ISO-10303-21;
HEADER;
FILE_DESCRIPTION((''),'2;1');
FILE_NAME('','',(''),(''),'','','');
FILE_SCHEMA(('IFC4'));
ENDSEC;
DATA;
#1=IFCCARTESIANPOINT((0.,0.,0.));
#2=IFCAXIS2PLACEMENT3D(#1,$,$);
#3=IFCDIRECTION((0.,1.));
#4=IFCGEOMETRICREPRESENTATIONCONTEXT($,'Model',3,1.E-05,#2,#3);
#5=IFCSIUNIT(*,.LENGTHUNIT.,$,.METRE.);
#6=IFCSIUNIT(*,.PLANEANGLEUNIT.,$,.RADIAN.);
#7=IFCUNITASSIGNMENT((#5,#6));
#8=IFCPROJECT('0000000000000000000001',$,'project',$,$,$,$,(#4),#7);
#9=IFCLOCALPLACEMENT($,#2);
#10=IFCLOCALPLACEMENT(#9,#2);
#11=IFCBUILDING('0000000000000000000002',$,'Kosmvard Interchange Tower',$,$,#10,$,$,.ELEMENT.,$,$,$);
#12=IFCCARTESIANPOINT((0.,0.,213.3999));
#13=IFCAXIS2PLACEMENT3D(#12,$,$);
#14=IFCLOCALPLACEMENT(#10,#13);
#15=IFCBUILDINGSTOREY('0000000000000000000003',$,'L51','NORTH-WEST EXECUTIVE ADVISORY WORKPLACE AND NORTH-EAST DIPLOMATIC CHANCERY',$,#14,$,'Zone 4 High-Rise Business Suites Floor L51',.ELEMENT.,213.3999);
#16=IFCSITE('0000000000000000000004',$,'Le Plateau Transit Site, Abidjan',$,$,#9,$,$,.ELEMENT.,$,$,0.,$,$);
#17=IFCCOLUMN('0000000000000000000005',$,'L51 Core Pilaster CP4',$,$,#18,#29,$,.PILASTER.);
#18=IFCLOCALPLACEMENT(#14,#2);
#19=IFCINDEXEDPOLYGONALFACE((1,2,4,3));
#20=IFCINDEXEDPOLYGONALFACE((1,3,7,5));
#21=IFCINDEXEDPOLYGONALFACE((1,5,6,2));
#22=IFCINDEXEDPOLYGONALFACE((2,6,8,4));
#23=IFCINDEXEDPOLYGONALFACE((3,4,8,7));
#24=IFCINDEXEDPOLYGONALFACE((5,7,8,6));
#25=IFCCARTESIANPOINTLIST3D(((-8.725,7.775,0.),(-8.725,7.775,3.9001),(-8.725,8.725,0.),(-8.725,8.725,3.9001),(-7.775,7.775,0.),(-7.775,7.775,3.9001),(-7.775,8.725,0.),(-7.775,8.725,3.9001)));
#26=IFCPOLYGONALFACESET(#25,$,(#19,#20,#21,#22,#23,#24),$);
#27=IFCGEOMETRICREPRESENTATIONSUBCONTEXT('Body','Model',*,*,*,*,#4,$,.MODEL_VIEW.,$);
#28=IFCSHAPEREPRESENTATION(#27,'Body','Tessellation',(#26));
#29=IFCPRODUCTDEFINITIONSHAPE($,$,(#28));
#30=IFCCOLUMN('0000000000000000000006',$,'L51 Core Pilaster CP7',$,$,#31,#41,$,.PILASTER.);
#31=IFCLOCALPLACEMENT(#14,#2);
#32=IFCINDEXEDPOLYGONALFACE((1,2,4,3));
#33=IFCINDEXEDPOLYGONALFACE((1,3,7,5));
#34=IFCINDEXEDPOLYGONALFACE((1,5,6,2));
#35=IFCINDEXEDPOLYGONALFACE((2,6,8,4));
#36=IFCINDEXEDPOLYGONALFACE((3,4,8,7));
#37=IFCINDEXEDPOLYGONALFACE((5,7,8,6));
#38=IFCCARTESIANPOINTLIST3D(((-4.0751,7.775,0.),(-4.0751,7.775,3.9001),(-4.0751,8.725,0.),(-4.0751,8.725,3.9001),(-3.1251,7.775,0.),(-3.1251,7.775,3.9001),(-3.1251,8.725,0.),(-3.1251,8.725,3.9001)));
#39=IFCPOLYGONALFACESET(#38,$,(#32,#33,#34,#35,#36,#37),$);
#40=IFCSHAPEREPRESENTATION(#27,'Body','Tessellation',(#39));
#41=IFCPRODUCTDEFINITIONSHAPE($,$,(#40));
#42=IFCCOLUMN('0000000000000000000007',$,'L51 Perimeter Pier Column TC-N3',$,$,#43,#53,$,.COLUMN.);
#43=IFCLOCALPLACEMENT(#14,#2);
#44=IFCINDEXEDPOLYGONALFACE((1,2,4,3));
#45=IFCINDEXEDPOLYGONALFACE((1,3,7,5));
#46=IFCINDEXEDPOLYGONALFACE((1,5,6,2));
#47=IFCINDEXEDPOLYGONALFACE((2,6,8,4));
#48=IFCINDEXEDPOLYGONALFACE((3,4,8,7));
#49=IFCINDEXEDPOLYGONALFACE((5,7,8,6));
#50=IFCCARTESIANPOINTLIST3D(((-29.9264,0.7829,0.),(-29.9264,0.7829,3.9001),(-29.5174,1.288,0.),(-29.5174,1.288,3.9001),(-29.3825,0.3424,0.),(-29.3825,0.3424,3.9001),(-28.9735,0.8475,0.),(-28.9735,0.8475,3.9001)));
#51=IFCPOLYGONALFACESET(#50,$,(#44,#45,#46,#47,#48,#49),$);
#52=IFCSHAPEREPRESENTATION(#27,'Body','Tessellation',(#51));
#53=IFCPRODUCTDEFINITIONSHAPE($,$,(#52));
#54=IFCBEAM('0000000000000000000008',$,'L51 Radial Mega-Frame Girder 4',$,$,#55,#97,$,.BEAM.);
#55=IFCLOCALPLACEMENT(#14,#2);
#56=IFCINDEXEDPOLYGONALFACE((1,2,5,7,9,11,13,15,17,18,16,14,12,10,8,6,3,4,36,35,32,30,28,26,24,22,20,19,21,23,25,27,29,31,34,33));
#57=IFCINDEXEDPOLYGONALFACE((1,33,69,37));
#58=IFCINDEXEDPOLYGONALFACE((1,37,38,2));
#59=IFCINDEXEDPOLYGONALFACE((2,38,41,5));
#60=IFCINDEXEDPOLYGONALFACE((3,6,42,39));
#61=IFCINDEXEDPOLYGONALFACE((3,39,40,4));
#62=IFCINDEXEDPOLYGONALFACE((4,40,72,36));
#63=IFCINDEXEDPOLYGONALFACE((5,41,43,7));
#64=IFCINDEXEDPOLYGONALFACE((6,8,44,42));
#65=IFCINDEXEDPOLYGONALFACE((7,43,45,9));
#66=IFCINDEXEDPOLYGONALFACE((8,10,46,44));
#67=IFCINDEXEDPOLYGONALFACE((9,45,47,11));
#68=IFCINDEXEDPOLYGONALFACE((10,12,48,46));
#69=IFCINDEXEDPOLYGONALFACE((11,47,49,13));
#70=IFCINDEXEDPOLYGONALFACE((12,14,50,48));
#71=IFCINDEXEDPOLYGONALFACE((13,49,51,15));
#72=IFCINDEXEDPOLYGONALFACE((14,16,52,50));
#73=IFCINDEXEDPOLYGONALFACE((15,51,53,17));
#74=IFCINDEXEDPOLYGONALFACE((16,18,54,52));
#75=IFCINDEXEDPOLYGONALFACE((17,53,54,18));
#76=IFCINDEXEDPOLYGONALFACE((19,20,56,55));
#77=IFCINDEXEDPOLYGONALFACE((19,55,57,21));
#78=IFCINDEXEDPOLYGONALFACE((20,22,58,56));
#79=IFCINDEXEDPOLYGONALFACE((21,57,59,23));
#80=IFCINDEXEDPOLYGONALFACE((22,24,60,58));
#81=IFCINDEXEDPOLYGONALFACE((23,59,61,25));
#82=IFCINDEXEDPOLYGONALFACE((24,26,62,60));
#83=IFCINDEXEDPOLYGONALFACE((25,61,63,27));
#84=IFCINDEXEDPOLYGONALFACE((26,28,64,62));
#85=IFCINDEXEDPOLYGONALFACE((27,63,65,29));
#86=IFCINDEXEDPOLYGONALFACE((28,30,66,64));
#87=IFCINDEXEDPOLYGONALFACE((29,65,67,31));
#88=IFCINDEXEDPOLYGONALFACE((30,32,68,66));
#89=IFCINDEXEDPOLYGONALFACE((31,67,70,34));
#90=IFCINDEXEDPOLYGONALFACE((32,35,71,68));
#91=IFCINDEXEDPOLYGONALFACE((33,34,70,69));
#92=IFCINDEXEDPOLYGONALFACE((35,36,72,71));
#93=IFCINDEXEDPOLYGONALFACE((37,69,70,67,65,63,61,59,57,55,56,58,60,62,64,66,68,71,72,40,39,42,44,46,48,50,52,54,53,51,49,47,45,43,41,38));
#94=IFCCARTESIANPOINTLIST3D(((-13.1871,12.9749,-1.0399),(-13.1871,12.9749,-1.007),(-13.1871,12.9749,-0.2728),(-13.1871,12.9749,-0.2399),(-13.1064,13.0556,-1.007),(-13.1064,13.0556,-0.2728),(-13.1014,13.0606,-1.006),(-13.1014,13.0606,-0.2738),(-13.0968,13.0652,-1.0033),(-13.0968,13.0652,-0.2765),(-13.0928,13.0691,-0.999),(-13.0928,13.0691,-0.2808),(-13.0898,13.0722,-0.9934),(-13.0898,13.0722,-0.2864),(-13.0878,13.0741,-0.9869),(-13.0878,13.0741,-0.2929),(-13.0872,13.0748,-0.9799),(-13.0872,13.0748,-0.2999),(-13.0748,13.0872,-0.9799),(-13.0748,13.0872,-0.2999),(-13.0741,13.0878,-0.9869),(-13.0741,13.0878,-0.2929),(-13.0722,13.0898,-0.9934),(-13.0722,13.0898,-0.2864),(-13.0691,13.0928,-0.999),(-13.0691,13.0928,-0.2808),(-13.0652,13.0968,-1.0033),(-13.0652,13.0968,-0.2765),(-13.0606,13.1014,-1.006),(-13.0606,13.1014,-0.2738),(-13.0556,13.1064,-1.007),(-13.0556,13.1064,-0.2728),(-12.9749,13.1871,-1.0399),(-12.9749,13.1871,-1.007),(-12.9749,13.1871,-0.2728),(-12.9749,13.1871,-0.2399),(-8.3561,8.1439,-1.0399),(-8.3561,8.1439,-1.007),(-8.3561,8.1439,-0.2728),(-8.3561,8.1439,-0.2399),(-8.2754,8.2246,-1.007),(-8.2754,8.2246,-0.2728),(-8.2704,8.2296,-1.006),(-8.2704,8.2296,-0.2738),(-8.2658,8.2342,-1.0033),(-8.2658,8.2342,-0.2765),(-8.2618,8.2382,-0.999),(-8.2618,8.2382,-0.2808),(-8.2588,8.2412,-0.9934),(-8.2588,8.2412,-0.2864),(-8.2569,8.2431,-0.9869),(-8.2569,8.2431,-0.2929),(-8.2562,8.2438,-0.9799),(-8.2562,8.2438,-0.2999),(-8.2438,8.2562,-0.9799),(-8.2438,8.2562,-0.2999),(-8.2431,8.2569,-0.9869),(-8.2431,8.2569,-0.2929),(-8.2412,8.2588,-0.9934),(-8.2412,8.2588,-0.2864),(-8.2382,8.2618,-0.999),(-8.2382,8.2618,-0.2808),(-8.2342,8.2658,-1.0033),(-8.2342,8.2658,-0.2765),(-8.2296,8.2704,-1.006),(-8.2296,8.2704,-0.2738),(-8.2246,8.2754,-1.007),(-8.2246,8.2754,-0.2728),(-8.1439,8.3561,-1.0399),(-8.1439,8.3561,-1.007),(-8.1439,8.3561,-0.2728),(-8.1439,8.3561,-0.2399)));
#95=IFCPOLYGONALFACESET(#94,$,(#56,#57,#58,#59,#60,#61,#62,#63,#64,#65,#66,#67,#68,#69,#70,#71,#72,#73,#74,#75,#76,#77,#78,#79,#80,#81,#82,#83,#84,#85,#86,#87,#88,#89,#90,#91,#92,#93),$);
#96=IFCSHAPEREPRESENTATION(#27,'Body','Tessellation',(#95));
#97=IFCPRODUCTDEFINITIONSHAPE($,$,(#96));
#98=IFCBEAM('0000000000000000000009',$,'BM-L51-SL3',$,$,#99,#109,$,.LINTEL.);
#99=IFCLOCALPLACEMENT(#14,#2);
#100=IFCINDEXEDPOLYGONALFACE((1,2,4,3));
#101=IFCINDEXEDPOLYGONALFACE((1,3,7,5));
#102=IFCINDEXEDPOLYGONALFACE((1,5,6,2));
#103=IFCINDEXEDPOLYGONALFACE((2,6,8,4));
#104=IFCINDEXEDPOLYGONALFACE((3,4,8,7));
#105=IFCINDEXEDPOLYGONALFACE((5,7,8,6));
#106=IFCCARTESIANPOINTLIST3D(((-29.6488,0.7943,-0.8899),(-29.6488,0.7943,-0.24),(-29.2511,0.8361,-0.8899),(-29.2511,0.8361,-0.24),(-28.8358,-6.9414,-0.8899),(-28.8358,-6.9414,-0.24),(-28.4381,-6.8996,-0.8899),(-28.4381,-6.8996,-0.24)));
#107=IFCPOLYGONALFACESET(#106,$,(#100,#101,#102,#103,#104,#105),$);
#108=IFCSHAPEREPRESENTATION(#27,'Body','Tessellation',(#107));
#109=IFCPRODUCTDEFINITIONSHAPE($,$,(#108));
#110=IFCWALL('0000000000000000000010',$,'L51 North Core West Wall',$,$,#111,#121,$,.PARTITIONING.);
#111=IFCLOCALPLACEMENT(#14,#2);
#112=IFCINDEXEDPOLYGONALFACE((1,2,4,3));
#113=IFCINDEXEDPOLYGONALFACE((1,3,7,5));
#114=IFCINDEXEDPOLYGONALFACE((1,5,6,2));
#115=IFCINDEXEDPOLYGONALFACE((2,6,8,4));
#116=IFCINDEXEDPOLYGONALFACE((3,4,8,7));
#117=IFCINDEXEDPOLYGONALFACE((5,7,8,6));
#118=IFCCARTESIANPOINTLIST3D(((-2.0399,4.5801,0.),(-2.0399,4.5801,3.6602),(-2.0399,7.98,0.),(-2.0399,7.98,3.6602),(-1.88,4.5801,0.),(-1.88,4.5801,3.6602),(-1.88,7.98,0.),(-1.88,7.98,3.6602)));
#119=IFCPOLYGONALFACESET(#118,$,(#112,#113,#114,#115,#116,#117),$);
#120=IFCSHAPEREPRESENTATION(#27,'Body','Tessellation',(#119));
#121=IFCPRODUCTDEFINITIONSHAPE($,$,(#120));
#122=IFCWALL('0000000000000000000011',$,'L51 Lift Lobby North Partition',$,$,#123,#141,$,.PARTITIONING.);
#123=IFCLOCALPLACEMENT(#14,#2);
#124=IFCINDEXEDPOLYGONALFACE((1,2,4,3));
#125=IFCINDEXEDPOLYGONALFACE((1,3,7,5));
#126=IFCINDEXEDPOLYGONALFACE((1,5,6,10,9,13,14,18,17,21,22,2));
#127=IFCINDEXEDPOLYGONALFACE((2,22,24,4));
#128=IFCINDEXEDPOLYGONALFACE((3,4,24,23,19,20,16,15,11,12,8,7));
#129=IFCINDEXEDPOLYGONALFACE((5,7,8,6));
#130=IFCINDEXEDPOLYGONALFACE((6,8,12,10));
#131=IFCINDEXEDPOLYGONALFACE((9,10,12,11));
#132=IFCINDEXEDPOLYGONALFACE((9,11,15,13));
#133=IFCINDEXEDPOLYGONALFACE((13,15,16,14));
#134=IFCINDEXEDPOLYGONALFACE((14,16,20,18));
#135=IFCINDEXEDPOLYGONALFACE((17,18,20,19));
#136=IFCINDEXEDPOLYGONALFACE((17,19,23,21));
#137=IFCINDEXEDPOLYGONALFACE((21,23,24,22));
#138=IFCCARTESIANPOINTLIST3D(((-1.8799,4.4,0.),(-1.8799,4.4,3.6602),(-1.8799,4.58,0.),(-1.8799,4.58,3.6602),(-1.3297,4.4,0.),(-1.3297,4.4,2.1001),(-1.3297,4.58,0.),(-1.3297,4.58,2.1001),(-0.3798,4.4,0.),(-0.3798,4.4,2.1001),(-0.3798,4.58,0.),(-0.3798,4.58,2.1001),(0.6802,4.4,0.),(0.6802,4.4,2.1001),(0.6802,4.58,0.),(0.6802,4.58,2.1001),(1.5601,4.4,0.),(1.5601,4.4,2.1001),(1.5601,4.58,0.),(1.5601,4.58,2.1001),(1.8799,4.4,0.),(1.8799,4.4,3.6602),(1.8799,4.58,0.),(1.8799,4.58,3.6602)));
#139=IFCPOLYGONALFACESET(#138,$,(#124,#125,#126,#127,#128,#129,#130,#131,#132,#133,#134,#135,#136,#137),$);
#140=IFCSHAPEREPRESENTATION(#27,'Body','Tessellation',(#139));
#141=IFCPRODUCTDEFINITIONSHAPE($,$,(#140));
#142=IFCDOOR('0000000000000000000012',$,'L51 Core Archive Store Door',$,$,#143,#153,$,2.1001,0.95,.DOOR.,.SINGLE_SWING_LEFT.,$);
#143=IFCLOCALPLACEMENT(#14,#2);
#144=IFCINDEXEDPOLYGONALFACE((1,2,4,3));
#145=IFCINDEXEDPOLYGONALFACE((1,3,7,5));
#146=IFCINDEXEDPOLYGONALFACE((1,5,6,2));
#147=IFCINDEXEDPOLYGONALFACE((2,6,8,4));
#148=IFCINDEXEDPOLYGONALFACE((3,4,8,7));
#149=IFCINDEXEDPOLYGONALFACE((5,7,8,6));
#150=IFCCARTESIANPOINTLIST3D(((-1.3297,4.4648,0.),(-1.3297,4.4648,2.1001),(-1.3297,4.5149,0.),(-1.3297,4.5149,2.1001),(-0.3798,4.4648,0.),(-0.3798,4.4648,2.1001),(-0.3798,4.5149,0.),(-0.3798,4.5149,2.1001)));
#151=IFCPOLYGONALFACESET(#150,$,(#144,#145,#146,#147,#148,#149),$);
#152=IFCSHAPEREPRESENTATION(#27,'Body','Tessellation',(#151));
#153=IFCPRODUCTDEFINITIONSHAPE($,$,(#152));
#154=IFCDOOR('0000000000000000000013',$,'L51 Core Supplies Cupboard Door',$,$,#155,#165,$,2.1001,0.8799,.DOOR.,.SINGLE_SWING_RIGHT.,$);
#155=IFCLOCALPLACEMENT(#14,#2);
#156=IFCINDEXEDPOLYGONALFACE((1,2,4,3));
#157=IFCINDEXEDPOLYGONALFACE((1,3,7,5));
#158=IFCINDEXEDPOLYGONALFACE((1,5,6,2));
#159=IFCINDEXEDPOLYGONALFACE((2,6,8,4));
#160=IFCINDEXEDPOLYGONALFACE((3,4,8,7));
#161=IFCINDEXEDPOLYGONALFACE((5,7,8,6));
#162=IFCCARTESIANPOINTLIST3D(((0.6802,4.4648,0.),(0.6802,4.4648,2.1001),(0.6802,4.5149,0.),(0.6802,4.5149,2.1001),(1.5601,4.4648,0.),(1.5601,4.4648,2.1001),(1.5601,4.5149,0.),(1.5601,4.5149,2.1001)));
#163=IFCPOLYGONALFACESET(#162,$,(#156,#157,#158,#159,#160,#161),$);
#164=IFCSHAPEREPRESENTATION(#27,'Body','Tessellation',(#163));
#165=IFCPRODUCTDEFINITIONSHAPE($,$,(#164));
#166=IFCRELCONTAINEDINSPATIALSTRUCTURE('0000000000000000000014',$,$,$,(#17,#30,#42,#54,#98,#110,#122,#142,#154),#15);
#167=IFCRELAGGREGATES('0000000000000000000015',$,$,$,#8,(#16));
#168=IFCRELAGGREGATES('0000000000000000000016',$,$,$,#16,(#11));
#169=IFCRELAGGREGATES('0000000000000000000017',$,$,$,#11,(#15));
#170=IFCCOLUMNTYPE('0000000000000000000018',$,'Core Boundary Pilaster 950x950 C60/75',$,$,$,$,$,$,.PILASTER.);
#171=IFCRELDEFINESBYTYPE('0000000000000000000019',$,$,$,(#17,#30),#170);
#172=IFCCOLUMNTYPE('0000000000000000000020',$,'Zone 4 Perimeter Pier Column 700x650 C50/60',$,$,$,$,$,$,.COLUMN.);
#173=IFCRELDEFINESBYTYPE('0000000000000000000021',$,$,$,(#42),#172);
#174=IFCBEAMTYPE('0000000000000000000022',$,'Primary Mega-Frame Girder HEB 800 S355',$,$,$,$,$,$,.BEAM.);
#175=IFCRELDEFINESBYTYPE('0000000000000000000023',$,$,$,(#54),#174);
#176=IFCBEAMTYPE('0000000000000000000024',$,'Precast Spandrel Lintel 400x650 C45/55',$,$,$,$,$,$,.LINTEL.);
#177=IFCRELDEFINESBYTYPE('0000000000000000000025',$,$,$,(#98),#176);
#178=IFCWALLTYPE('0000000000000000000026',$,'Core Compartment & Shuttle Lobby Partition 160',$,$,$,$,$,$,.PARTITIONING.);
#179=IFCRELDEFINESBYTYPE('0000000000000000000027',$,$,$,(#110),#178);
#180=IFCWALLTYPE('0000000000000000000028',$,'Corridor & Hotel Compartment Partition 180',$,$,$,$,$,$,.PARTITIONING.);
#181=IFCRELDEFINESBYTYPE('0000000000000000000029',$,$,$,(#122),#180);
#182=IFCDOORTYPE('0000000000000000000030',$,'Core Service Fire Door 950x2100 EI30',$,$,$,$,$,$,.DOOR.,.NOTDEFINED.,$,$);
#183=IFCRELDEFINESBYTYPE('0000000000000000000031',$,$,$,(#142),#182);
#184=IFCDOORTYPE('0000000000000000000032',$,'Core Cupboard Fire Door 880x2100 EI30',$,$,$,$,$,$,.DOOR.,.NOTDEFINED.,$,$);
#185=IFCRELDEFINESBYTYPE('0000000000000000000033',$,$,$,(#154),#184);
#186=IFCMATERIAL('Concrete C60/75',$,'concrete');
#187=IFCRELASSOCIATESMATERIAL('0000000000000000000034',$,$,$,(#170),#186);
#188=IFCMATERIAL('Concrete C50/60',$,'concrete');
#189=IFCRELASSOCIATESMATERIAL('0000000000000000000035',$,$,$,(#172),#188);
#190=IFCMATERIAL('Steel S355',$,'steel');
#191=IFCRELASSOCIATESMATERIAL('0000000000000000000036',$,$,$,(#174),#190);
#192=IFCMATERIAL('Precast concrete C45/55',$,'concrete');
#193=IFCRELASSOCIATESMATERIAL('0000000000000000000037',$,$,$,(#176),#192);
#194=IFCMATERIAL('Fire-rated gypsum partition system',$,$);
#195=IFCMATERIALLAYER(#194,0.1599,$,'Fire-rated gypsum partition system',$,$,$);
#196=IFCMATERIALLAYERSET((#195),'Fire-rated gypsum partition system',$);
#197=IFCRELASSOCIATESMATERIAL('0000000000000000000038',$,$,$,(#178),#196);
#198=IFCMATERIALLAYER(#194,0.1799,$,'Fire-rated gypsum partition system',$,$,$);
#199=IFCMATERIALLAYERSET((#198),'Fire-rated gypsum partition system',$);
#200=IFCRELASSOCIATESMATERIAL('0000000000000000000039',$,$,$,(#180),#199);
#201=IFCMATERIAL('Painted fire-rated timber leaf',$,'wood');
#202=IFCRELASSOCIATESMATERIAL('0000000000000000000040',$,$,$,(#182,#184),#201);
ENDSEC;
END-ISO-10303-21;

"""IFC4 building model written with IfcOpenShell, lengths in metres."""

from ifc_helpers import new_model, si_unit, direction, frame, frame_2d, origin, origin_2d, place, context, subcontext, project, spatial, rectangle, i_section, extrude, source, transform, mapped, material, layer, layer_set, material_profile, profile_set, type_object, element, fill, save


model = new_model("IFC4")

# Units and contexts
model_context = context("Model", 3, precision=1e-05, world=origin(), true_north=direction((0.0, 1.0)))
body_context = subcontext(model_context, "Body", "Model", "MODEL_VIEW")
ifc_project = project(units=[si_unit("LENGTHUNIT", "METRE"), si_unit("PLANEANGLEUNIT", "RADIAN")], contexts=[model_context])

# Site, building, storey
site_placement = place(None, origin())
site = spatial("IfcSite", under=ifc_project, at=site_placement, Name="Le Plateau Transit Site, Abidjan", CompositionType="ELEMENT", RefElevation=0.0)
building_placement = place(site_placement, origin())
building = spatial("IfcBuilding", under=site, at=building_placement, Name="Kosmvard Interchange Tower", CompositionType="ELEMENT")
storey_placement = place(building_placement, frame((0.0, 0.0, 213.3999)))
storey = spatial("IfcBuildingStorey", under=building, at=storey_placement, Name="L51", Description="NORTH-WEST EXECUTIVE ADVISORY WORKPLACE AND NORTH-EAST DIPLOMATIC CHANCERY", LongName="Zone 4 High-Rise Business Suites Floor L51", CompositionType="ELEMENT", Elevation=213.3999)

# Columns
ifc_material_1 = material(Name="Concrete C60/75", Category="concrete")
ifc_material_profile_1 = material_profile(ifc_material_1, rectangle(XDim=0.95, YDim=0.95, at=origin_2d()), Name="CP 950x950")
ifc_profile_set_1 = profile_set([ifc_material_profile_1], Name="Concrete C60/75")
column_type_1 = type_object("IfcColumnType", Name="Core Boundary Pilaster 950x950 C60/75", PredefinedType="PILASTER", material=ifc_profile_set_1)
shared_shape_1 = source(origin(), body_context, "Body", "SweptSolid", [
    extrude(rectangle(XDim=0.95, YDim=0.95, at=origin_2d()), origin(), (0.0, 0.0, 1.0), 3.9001),
])
for number, where, z_axis, x_axis, name in (
    (1, (-8.25, 8.25, 0.0), (0.0, 0.0, 1.0), (1.0, 0.0, 0.0), "L51 Core Pilaster CP4"),
    (2, (-3.6001, 8.25, 0.0), (0.0, 0.0, 1.0), (1.0, 0.0, 0.0), "L51 Core Pilaster CP7"),
):
    element("IfcColumn", number, at=place(storey_placement, frame(where, z_axis=z_axis, x_axis=x_axis)), inside=storey, type_object=column_type_1, Name=name, PredefinedType="PILASTER", context=body_context, shape_type="MappedRepresentation", body=[
        mapped(shared_shape_1, transform((0.0, 0.0, 0.0), scale=1.0)),
    ])
ifc_material_2 = material(Name="Concrete C50/60", Category="concrete")
ifc_material_profile_2 = material_profile(ifc_material_2, rectangle(XDim=0.6499, YDim=0.7, at=origin_2d()), Name="TC 700x650")
ifc_profile_set_2 = profile_set([ifc_material_profile_2], Name="Concrete C50/60")
column_type_2 = type_object("IfcColumnType", Name="Zone 4 Perimeter Pier Column 700x650 C50/60", PredefinedType="COLUMN", material=ifc_profile_set_2)
shared_shape_2 = source(origin(), body_context, "Body", "SweptSolid", [
    extrude(rectangle(XDim=0.6499, YDim=0.7, at=origin_2d()), origin(), (0.0, 0.0, 1.0), 3.9001),
])
column_placement = place(storey_placement, frame((-29.45, 0.8152, 0.0), z_axis=(0.0, 0.0, 1.0), x_axis=(0.62932, 0.777146, 0.0)))
element("IfcColumn", 3, at=column_placement, inside=storey, type_object=column_type_2, Name="L51 Perimeter Pier Column TC-N3", PredefinedType="COLUMN", context=body_context, shape_type="MappedRepresentation", body=[
    mapped(shared_shape_2, transform((0.0, 0.0, 0.0), scale=1.0)),
])

# Beams
ifc_material_3 = material(Name="Steel S355", Category="steel")
ifc_material_profile_3 = material_profile(ifc_material_3, i_section(OverallWidth=0.3, OverallDepth=0.8, WebThickness=0.0176, FlangeThickness=0.033, FilletRadius=0.0271, at=origin_2d()), Name="HEB 800")
ifc_profile_set_3 = profile_set([ifc_material_profile_3], Name="Steel S355")
beam_type_1 = type_object("IfcBeamType", Name="Primary Mega-Frame Girder HEB 800 S355", PredefinedType="BEAM", material=ifc_profile_set_3)
shared_shape_3 = source(origin(), body_context, "Body", "SweptSolid", [
    extrude(i_section(OverallWidth=0.3, OverallDepth=0.8, WebThickness=0.0176, FlangeThickness=0.033, FilletRadius=0.0271, at=origin_2d()), origin(), (0.0, 0.0, 1.0), 6.832),
])
beam_1_placement = place(storey_placement, frame((-8.25, 8.25, -0.6399), z_axis=(-0.707107, 0.707107, 0.0), x_axis=(-0.707107, -0.707107, 0.0)))
element("IfcBeam", 4, at=beam_1_placement, inside=storey, type_object=beam_type_1, Name="L51 Radial Mega-Frame Girder 4", PredefinedType="BEAM", context=body_context, shape_type="MappedRepresentation", body=[
    mapped(shared_shape_3, transform((0.0, 0.0, 0.0), scale=1.0)),
])
ifc_material_4 = material(Name="Precast concrete C45/55", Category="concrete")
ifc_material_profile_4 = material_profile(ifc_material_4, rectangle(XDim=0.3999, YDim=0.6499, at=origin_2d()), Name="SL 400x650")
ifc_profile_set_4 = profile_set([ifc_material_profile_4], Name="Precast concrete C45/55")
beam_type_2 = type_object("IfcBeamType", Name="Precast Spandrel Lintel 400x650 C45/55", PredefinedType="LINTEL", material=ifc_profile_set_4)
shared_shape_4 = source(origin(), body_context, "Body", "SweptSolid", [
    extrude(rectangle(XDim=0.3999, YDim=0.6499, at=origin_2d()), origin(), (0.0, 0.0, 1.0), 7.7783),
])
beam_2_placement = place(storey_placement, frame((-29.45, 0.8152, -0.5649), z_axis=(0.104521, -0.994523, 0.0), x_axis=(0.994523, 0.104521, 0.0)))
element("IfcBeam", 5, at=beam_2_placement, inside=storey, type_object=beam_type_2, Name="BM-L51-SL3", PredefinedType="LINTEL", context=body_context, shape_type="MappedRepresentation", body=[
    mapped(shared_shape_4, transform((0.0, 0.0, 0.0), scale=1.0)),
])

# Wall
ifc_material_5 = material(Name="Fire-rated gypsum partition system")
ifc_layer_1 = layer(ifc_material_5, 0.1599, Name="Fire-rated gypsum partition system")
ifc_layer_set_1 = layer_set([ifc_layer_1], Name="Fire-rated gypsum partition system")
wall_type_1 = type_object("IfcWallType", Name="Core Compartment & Shuttle Lobby Partition 160", PredefinedType="PARTITIONING", material=ifc_layer_set_1)
wall_1_placement = place(storey_placement, frame((-1.96, 4.5801, 0.0), z_axis=(0.0, 0.0, 1.0), x_axis=(0.0, 1.0, 0.0)))
element("IfcWall", 6, at=wall_1_placement, inside=storey, type_object=wall_type_1, Name="L51 North Core West Wall", PredefinedType="PARTITIONING", context=body_context, shape_type="SweptSolid", body=[
    extrude(rectangle(XDim=3.3999, YDim=0.1599, at=frame_2d((1.7, 0.0))), origin(), (0.0, 0.0, 1.0), 3.6602),
])

# Wall, openings, doors
ifc_layer_2 = layer(ifc_material_5, 0.1799, Name="Fire-rated gypsum partition system")
ifc_layer_set_2 = layer_set([ifc_layer_2], Name="Fire-rated gypsum partition system")
wall_type_2 = type_object("IfcWallType", Name="Corridor & Hotel Compartment Partition 180", PredefinedType="PARTITIONING", material=ifc_layer_set_2)
wall_2_placement = place(storey_placement, frame((-1.8799, 4.49, 0.0), z_axis=(0.0, 0.0, 1.0), x_axis=(1.0, 0.0, 0.0)))
wall_2 = element("IfcWall", 7, at=wall_2_placement, inside=storey, type_object=wall_type_2, Name="L51 Lift Lobby North Partition", PredefinedType="PARTITIONING", context=body_context, shape_type="SweptSolid", body=[
    extrude(rectangle(XDim=3.7598, YDim=0.1799, at=frame_2d((1.8799, 0.0))), origin(), (0.0, 0.0, 1.0), 3.6602),
])
opening_1_placement = place(wall_2_placement, frame((0.55, 0.0, 0.0)))
opening_1 = element("IfcOpeningElement", 8, at=opening_1_placement, cuts=wall_2, PredefinedType="OPENING", context=body_context, shape_type="SweptSolid", body=[
    extrude(rectangle(XDim=0.95, YDim=2.1001, at=frame_2d((0.4751, 1.05))), frame((0.0, 0.1001, 0.0), z_axis=(0.0, -1.0, 0.0), x_axis=(1.0, 0.0, 0.0)), (0.0, 0.0, 1.0), 0.2),
])
opening_2_placement = place(wall_2_placement, frame((2.5601, 0.0, 0.0)))
opening_2 = element("IfcOpeningElement", 9, at=opening_2_placement, cuts=wall_2, PredefinedType="OPENING", context=body_context, shape_type="SweptSolid", body=[
    extrude(rectangle(XDim=0.8799, YDim=2.1001, at=frame_2d((0.4399, 1.05))), frame((0.0, 0.1001, 0.0), z_axis=(0.0, -1.0, 0.0), x_axis=(1.0, 0.0, 0.0)), (0.0, 0.0, 1.0), 0.2),
])
ifc_material_6 = material(Name="Painted fire-rated timber leaf", Category="wood")
door_type_1 = type_object("IfcDoorType", Name="Core Service Fire Door 950x2100 EI30", OperationType="NOTDEFINED", PredefinedType="DOOR", material=ifc_material_6)
shared_shape_5 = source(origin(), body_context, "Body", "SweptSolid", [
    extrude(rectangle(XDim=0.95, YDim=2.1001, at=frame_2d((0.4751, 1.05))), frame((0.0, 0.0249, 0.0), z_axis=(0.0, -1.0, 0.0), x_axis=(1.0, 0.0, 0.0)), (0.0, 0.0, 1.0), 0.05),
])
door_1_placement = place(opening_1_placement, origin())
door_1 = element("IfcDoor", 10, at=door_1_placement, inside=storey, type_object=door_type_1, Name="L51 Core Archive Store Door", OperationType="SINGLE_SWING_LEFT", OverallHeight=2.1001, OverallWidth=0.95, PredefinedType="DOOR", context=body_context, shape_type="MappedRepresentation", body=[
    mapped(shared_shape_5, transform((0.0, 0.0, 0.0), scale=1.0)),
])
fill(opening_1, door_1)
door_type_2 = type_object("IfcDoorType", Name="Core Cupboard Fire Door 880x2100 EI30", OperationType="NOTDEFINED", PredefinedType="DOOR", material=ifc_material_6)
shared_shape_6 = source(origin(), body_context, "Body", "SweptSolid", [
    extrude(rectangle(XDim=0.8799, YDim=2.1001, at=frame_2d((0.4399, 1.05))), frame((0.0, 0.0249, 0.0), z_axis=(0.0, -1.0, 0.0), x_axis=(1.0, 0.0, 0.0)), (0.0, 0.0, 1.0), 0.05),
])
door_2_placement = place(opening_2_placement, origin())
door_2 = element("IfcDoor", 11, at=door_2_placement, inside=storey, type_object=door_type_2, Name="L51 Core Supplies Cupboard Door", OperationType="SINGLE_SWING_RIGHT", OverallHeight=2.1001, OverallWidth=0.8799, PredefinedType="DOOR", context=body_context, shape_type="MappedRepresentation", body=[
    mapped(shared_shape_6, transform((0.0, 0.0, 0.0), scale=1.0)),
])
fill(opening_2, door_2)

save(model, "model.ifc")
